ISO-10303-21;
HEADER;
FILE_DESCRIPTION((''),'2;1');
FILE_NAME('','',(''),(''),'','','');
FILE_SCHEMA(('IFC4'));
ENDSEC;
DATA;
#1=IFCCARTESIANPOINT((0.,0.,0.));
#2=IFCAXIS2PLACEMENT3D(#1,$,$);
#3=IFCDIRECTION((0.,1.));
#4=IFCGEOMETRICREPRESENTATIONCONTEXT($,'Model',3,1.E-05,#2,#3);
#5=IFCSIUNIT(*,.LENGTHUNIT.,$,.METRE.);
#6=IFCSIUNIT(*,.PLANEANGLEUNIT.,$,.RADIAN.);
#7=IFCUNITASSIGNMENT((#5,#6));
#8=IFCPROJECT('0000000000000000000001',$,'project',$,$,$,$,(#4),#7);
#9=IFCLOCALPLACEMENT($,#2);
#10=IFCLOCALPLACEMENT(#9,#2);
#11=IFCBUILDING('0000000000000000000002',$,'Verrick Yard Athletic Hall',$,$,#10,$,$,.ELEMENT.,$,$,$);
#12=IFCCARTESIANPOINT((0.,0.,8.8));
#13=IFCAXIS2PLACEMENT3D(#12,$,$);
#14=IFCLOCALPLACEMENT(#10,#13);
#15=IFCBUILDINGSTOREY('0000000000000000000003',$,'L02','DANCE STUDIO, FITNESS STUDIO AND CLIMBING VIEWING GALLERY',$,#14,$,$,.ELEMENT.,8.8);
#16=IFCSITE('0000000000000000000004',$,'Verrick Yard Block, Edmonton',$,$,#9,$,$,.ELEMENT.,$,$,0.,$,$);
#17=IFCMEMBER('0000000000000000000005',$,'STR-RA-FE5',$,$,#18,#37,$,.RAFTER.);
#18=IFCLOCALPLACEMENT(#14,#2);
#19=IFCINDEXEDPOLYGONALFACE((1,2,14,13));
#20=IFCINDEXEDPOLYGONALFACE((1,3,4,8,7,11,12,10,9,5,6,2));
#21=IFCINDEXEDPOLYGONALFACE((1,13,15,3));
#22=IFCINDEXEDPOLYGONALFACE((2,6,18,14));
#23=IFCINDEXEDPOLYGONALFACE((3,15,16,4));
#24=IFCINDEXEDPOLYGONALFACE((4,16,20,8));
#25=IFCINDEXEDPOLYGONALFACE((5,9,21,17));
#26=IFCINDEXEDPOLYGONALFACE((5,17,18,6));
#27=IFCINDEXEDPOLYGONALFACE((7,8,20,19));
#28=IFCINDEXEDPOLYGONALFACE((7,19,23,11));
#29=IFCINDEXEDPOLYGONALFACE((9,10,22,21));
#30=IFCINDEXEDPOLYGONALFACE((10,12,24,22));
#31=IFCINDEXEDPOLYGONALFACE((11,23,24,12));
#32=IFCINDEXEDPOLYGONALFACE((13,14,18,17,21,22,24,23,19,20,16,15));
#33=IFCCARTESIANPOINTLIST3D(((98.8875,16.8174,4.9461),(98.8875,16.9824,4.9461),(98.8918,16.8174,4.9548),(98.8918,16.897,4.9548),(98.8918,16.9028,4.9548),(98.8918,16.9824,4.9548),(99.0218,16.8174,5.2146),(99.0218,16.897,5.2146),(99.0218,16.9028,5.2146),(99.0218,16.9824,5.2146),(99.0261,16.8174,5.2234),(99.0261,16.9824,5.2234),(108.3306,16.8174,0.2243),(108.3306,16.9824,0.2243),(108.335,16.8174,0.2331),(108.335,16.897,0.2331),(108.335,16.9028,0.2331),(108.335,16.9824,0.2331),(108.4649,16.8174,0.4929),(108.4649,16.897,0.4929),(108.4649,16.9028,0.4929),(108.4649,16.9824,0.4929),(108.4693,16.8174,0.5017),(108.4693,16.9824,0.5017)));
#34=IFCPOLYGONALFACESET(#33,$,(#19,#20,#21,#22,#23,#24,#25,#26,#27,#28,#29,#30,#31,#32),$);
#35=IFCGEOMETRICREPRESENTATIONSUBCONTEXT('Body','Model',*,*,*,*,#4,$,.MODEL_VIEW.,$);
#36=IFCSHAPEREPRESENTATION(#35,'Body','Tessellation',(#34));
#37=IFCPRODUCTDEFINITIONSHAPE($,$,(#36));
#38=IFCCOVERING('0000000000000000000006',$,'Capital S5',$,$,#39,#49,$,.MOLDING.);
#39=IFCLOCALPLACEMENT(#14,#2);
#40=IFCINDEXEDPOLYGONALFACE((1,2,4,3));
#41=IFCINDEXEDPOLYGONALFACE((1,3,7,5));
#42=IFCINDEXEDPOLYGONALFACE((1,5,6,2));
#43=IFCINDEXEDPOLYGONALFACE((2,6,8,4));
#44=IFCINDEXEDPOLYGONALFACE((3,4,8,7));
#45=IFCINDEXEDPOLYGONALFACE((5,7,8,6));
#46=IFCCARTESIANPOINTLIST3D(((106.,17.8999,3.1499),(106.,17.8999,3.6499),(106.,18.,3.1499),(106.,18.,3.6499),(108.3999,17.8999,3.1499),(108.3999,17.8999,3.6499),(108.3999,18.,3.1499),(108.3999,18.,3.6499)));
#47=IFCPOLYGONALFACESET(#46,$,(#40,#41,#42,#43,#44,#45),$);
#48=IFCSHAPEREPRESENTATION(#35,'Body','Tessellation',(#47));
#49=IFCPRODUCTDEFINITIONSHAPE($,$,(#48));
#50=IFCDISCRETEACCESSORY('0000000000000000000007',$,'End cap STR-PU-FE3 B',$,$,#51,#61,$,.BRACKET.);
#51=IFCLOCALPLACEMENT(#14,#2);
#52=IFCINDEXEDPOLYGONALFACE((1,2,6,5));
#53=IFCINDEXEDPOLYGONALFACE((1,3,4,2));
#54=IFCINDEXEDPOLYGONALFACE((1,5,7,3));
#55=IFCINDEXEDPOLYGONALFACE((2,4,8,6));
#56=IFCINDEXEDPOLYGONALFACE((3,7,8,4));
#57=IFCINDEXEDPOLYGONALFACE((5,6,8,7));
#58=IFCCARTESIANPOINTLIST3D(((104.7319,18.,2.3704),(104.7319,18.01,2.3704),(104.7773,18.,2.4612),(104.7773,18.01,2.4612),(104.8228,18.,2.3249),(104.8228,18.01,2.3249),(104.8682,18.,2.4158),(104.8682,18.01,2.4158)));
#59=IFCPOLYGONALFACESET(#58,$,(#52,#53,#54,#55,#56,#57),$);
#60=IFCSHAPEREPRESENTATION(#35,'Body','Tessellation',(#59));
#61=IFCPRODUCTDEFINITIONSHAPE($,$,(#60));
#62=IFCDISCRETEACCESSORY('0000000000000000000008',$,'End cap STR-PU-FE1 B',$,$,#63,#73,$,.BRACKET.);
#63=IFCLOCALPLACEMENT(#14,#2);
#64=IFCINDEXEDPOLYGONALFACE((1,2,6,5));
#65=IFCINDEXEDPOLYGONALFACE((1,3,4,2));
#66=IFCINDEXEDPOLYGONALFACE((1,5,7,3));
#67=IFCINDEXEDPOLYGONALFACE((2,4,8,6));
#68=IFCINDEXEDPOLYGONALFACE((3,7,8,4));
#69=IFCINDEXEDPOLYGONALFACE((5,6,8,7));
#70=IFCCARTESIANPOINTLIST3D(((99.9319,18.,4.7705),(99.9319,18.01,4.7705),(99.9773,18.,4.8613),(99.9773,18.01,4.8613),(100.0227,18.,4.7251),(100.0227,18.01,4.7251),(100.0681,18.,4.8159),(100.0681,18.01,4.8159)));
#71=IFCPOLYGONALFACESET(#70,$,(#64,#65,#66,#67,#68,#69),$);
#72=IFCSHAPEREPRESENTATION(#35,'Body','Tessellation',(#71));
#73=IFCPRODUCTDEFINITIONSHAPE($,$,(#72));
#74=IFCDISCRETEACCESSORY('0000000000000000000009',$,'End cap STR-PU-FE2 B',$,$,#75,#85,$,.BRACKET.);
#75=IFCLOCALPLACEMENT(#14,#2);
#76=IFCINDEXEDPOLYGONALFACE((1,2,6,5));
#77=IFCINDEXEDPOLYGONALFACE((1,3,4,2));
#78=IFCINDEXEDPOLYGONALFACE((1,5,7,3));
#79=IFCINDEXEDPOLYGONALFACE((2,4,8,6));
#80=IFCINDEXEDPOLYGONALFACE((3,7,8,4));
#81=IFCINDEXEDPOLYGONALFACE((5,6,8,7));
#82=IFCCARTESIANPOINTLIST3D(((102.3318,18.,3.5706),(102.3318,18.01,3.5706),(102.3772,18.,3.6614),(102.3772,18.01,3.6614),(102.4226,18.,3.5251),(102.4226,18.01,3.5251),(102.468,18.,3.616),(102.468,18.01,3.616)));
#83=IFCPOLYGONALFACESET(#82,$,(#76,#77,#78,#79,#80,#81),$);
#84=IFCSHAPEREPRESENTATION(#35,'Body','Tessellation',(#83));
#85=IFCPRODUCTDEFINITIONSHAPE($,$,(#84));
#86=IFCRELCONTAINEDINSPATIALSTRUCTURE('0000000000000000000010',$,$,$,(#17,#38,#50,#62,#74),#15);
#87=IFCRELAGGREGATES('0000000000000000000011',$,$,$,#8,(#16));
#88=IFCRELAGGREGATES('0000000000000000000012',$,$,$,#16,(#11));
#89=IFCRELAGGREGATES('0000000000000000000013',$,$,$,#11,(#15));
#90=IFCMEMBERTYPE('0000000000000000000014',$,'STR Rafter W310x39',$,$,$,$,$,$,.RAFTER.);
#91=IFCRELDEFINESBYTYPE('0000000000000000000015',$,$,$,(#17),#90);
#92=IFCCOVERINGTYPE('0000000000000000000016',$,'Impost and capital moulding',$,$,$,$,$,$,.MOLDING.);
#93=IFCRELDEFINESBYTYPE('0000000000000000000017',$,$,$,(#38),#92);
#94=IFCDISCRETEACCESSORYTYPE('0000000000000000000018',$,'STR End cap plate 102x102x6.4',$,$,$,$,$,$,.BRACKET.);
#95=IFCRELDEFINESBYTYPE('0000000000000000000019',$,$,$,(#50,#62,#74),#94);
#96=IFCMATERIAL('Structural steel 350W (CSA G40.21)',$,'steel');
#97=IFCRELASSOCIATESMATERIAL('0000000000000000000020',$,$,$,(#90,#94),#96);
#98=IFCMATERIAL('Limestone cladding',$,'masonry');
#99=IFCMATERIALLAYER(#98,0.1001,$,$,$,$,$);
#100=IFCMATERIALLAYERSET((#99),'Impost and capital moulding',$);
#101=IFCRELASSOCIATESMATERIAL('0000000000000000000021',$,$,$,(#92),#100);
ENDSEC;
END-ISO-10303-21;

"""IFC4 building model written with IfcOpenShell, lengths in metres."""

from ifc_helpers import new_model, si_unit, direction, frame, origin, origin_2d, place, context, subcontext, project, spatial, rectangle, i_section, extrude, material, layer, layer_set, material_profile, profile_set, type_object, element, save


model = new_model("IFC4")

# Units and contexts
model_context = context("Model", 3, precision=1e-05, world=origin(), true_north=direction((0.0, 1.0)))
body_context = subcontext(model_context, "Body", "Model", "MODEL_VIEW")
ifc_project = project(units=[si_unit("LENGTHUNIT", "METRE"), si_unit("PLANEANGLEUNIT", "RADIAN")], contexts=[model_context])

# Site, building, storey
site_placement = place(None, origin())
site = spatial("IfcSite", under=ifc_project, at=site_placement, Name="Verrick Yard Block, Edmonton", CompositionType="ELEMENT", RefElevation=0.0)
building_placement = place(site_placement, origin())
building = spatial("IfcBuilding", under=site, at=building_placement, Name="Verrick Yard Athletic Hall", CompositionType="ELEMENT")
storey_placement = place(building_placement, frame((0.0, 0.0, 8.8)))
storey = spatial("IfcBuildingStorey", under=building, at=storey_placement, Name="L02", Description="DANCE STUDIO, FITNESS STUDIO AND CLIMBING VIEWING GALLERY", CompositionType="ELEMENT", Elevation=8.8)

# Shared definitions
ifc_material_1 = material(Name="Structural steel 350W (CSA G40.21)", Category="steel")

# Member
ifc_material_profile_1 = material_profile(ifc_material_1, i_section(OverallWidth=0.165, OverallDepth=0.3101, WebThickness=0.0059, FlangeThickness=0.0098, at=origin_2d()), Name="W310x39")
ifc_profile_set_1 = profile_set([ifc_material_profile_1], Name="Structural steel 350W (CSA G40.21)")
member_type_1 = type_object("IfcMemberType", Name="STR Rafter W310x39", PredefinedType="RAFTER", material=ifc_profile_set_1)
for number, where, z_axis, x_axis, name in (
    (1, (98.9568, 16.8999, 5.0847), (0.894423, 0.0, -0.447223), (0.0, 1.0, 0.0), "STR-RA-FE5"),
):
    element("IfcMember", number, at=place(storey_placement, frame(where, z_axis=z_axis, x_axis=x_axis)), inside=storey, type_object=member_type_1, Name=name, PredefinedType="RAFTER", context=body_context, shape_type="SweptSolid", body=[
        extrude(i_section(OverallWidth=0.165, OverallDepth=0.3101, WebThickness=0.0059, FlangeThickness=0.0098, at=origin_2d()), origin(), (0.0, 0.0, 1.0), 10.5579),
    ])

# Covering
ifc_material_2 = material(Name="Limestone cladding", Category="masonry")
ifc_layer = layer(ifc_material_2, 0.1001)
ifc_layer_set = layer_set([ifc_layer], Name="Impost and capital moulding")
covering_type = type_object("IfcCoveringType", Name="Impost and capital moulding", PredefinedType="MOLDING", material=ifc_layer_set)
covering_placement = place(storey_placement, frame((107.2, 17.95, 3.1499), z_axis=(0.0, 0.0, 1.0), x_axis=(1.0, 0.0, 0.0)))
element("IfcCovering", 2, at=covering_placement, inside=storey, type_object=covering_type, Name="Capital S5", PredefinedType="MOLDING", context=body_context, shape_type="SweptSolid", body=[
    extrude(rectangle(XDim=2.3999, YDim=0.1001, at=origin_2d()), origin(), (0.0, 0.0, 1.0), 0.5),
])

# Discrete accessories
ifc_material_profile_2 = material_profile(ifc_material_1, rectangle(XDim=0.1016, YDim=0.1016, at=origin_2d()), Name="STR End cap plate 102x102x6.4")
ifc_profile_set_2 = profile_set([ifc_material_profile_2], Name="Structural steel 350W (CSA G40.21)")
discrete_accessory_type = type_object("IfcDiscreteAccessoryType", Name="STR End cap plate 102x102x6.4", PredefinedType="BRACKET", material=ifc_profile_set_2)
for number, where, z_axis, x_axis, name in (
    (3, (104.8, 18.0, 2.3931), (0.0, 1.0, 0.0), (-0.894427, 0.0, 0.447214), "End cap STR-PU-FE3 B"),
    (4, (100.0, 18.0, 4.7932), (0.0, 1.0, 0.0), (-0.894427, 0.0, 0.447214), "End cap STR-PU-FE1 B"),
    (5, (102.3999, 18.0, 3.5933), (0.0, 1.0, 0.0), (-0.894427, 0.0, 0.447214), "End cap STR-PU-FE2 B"),
):
    element("IfcDiscreteAccessory", number, at=place(storey_placement, frame(where, z_axis=z_axis, x_axis=x_axis)), inside=storey, type_object=discrete_accessory_type, Name=name, PredefinedType="BRACKET", context=body_context, shape_type="SweptSolid", body=[
        extrude(rectangle(XDim=0.1016, YDim=0.1016, at=origin_2d()), origin(), (0.0, 0.0, 1.0), 0.01),
    ])

save(model, "model.ifc")
